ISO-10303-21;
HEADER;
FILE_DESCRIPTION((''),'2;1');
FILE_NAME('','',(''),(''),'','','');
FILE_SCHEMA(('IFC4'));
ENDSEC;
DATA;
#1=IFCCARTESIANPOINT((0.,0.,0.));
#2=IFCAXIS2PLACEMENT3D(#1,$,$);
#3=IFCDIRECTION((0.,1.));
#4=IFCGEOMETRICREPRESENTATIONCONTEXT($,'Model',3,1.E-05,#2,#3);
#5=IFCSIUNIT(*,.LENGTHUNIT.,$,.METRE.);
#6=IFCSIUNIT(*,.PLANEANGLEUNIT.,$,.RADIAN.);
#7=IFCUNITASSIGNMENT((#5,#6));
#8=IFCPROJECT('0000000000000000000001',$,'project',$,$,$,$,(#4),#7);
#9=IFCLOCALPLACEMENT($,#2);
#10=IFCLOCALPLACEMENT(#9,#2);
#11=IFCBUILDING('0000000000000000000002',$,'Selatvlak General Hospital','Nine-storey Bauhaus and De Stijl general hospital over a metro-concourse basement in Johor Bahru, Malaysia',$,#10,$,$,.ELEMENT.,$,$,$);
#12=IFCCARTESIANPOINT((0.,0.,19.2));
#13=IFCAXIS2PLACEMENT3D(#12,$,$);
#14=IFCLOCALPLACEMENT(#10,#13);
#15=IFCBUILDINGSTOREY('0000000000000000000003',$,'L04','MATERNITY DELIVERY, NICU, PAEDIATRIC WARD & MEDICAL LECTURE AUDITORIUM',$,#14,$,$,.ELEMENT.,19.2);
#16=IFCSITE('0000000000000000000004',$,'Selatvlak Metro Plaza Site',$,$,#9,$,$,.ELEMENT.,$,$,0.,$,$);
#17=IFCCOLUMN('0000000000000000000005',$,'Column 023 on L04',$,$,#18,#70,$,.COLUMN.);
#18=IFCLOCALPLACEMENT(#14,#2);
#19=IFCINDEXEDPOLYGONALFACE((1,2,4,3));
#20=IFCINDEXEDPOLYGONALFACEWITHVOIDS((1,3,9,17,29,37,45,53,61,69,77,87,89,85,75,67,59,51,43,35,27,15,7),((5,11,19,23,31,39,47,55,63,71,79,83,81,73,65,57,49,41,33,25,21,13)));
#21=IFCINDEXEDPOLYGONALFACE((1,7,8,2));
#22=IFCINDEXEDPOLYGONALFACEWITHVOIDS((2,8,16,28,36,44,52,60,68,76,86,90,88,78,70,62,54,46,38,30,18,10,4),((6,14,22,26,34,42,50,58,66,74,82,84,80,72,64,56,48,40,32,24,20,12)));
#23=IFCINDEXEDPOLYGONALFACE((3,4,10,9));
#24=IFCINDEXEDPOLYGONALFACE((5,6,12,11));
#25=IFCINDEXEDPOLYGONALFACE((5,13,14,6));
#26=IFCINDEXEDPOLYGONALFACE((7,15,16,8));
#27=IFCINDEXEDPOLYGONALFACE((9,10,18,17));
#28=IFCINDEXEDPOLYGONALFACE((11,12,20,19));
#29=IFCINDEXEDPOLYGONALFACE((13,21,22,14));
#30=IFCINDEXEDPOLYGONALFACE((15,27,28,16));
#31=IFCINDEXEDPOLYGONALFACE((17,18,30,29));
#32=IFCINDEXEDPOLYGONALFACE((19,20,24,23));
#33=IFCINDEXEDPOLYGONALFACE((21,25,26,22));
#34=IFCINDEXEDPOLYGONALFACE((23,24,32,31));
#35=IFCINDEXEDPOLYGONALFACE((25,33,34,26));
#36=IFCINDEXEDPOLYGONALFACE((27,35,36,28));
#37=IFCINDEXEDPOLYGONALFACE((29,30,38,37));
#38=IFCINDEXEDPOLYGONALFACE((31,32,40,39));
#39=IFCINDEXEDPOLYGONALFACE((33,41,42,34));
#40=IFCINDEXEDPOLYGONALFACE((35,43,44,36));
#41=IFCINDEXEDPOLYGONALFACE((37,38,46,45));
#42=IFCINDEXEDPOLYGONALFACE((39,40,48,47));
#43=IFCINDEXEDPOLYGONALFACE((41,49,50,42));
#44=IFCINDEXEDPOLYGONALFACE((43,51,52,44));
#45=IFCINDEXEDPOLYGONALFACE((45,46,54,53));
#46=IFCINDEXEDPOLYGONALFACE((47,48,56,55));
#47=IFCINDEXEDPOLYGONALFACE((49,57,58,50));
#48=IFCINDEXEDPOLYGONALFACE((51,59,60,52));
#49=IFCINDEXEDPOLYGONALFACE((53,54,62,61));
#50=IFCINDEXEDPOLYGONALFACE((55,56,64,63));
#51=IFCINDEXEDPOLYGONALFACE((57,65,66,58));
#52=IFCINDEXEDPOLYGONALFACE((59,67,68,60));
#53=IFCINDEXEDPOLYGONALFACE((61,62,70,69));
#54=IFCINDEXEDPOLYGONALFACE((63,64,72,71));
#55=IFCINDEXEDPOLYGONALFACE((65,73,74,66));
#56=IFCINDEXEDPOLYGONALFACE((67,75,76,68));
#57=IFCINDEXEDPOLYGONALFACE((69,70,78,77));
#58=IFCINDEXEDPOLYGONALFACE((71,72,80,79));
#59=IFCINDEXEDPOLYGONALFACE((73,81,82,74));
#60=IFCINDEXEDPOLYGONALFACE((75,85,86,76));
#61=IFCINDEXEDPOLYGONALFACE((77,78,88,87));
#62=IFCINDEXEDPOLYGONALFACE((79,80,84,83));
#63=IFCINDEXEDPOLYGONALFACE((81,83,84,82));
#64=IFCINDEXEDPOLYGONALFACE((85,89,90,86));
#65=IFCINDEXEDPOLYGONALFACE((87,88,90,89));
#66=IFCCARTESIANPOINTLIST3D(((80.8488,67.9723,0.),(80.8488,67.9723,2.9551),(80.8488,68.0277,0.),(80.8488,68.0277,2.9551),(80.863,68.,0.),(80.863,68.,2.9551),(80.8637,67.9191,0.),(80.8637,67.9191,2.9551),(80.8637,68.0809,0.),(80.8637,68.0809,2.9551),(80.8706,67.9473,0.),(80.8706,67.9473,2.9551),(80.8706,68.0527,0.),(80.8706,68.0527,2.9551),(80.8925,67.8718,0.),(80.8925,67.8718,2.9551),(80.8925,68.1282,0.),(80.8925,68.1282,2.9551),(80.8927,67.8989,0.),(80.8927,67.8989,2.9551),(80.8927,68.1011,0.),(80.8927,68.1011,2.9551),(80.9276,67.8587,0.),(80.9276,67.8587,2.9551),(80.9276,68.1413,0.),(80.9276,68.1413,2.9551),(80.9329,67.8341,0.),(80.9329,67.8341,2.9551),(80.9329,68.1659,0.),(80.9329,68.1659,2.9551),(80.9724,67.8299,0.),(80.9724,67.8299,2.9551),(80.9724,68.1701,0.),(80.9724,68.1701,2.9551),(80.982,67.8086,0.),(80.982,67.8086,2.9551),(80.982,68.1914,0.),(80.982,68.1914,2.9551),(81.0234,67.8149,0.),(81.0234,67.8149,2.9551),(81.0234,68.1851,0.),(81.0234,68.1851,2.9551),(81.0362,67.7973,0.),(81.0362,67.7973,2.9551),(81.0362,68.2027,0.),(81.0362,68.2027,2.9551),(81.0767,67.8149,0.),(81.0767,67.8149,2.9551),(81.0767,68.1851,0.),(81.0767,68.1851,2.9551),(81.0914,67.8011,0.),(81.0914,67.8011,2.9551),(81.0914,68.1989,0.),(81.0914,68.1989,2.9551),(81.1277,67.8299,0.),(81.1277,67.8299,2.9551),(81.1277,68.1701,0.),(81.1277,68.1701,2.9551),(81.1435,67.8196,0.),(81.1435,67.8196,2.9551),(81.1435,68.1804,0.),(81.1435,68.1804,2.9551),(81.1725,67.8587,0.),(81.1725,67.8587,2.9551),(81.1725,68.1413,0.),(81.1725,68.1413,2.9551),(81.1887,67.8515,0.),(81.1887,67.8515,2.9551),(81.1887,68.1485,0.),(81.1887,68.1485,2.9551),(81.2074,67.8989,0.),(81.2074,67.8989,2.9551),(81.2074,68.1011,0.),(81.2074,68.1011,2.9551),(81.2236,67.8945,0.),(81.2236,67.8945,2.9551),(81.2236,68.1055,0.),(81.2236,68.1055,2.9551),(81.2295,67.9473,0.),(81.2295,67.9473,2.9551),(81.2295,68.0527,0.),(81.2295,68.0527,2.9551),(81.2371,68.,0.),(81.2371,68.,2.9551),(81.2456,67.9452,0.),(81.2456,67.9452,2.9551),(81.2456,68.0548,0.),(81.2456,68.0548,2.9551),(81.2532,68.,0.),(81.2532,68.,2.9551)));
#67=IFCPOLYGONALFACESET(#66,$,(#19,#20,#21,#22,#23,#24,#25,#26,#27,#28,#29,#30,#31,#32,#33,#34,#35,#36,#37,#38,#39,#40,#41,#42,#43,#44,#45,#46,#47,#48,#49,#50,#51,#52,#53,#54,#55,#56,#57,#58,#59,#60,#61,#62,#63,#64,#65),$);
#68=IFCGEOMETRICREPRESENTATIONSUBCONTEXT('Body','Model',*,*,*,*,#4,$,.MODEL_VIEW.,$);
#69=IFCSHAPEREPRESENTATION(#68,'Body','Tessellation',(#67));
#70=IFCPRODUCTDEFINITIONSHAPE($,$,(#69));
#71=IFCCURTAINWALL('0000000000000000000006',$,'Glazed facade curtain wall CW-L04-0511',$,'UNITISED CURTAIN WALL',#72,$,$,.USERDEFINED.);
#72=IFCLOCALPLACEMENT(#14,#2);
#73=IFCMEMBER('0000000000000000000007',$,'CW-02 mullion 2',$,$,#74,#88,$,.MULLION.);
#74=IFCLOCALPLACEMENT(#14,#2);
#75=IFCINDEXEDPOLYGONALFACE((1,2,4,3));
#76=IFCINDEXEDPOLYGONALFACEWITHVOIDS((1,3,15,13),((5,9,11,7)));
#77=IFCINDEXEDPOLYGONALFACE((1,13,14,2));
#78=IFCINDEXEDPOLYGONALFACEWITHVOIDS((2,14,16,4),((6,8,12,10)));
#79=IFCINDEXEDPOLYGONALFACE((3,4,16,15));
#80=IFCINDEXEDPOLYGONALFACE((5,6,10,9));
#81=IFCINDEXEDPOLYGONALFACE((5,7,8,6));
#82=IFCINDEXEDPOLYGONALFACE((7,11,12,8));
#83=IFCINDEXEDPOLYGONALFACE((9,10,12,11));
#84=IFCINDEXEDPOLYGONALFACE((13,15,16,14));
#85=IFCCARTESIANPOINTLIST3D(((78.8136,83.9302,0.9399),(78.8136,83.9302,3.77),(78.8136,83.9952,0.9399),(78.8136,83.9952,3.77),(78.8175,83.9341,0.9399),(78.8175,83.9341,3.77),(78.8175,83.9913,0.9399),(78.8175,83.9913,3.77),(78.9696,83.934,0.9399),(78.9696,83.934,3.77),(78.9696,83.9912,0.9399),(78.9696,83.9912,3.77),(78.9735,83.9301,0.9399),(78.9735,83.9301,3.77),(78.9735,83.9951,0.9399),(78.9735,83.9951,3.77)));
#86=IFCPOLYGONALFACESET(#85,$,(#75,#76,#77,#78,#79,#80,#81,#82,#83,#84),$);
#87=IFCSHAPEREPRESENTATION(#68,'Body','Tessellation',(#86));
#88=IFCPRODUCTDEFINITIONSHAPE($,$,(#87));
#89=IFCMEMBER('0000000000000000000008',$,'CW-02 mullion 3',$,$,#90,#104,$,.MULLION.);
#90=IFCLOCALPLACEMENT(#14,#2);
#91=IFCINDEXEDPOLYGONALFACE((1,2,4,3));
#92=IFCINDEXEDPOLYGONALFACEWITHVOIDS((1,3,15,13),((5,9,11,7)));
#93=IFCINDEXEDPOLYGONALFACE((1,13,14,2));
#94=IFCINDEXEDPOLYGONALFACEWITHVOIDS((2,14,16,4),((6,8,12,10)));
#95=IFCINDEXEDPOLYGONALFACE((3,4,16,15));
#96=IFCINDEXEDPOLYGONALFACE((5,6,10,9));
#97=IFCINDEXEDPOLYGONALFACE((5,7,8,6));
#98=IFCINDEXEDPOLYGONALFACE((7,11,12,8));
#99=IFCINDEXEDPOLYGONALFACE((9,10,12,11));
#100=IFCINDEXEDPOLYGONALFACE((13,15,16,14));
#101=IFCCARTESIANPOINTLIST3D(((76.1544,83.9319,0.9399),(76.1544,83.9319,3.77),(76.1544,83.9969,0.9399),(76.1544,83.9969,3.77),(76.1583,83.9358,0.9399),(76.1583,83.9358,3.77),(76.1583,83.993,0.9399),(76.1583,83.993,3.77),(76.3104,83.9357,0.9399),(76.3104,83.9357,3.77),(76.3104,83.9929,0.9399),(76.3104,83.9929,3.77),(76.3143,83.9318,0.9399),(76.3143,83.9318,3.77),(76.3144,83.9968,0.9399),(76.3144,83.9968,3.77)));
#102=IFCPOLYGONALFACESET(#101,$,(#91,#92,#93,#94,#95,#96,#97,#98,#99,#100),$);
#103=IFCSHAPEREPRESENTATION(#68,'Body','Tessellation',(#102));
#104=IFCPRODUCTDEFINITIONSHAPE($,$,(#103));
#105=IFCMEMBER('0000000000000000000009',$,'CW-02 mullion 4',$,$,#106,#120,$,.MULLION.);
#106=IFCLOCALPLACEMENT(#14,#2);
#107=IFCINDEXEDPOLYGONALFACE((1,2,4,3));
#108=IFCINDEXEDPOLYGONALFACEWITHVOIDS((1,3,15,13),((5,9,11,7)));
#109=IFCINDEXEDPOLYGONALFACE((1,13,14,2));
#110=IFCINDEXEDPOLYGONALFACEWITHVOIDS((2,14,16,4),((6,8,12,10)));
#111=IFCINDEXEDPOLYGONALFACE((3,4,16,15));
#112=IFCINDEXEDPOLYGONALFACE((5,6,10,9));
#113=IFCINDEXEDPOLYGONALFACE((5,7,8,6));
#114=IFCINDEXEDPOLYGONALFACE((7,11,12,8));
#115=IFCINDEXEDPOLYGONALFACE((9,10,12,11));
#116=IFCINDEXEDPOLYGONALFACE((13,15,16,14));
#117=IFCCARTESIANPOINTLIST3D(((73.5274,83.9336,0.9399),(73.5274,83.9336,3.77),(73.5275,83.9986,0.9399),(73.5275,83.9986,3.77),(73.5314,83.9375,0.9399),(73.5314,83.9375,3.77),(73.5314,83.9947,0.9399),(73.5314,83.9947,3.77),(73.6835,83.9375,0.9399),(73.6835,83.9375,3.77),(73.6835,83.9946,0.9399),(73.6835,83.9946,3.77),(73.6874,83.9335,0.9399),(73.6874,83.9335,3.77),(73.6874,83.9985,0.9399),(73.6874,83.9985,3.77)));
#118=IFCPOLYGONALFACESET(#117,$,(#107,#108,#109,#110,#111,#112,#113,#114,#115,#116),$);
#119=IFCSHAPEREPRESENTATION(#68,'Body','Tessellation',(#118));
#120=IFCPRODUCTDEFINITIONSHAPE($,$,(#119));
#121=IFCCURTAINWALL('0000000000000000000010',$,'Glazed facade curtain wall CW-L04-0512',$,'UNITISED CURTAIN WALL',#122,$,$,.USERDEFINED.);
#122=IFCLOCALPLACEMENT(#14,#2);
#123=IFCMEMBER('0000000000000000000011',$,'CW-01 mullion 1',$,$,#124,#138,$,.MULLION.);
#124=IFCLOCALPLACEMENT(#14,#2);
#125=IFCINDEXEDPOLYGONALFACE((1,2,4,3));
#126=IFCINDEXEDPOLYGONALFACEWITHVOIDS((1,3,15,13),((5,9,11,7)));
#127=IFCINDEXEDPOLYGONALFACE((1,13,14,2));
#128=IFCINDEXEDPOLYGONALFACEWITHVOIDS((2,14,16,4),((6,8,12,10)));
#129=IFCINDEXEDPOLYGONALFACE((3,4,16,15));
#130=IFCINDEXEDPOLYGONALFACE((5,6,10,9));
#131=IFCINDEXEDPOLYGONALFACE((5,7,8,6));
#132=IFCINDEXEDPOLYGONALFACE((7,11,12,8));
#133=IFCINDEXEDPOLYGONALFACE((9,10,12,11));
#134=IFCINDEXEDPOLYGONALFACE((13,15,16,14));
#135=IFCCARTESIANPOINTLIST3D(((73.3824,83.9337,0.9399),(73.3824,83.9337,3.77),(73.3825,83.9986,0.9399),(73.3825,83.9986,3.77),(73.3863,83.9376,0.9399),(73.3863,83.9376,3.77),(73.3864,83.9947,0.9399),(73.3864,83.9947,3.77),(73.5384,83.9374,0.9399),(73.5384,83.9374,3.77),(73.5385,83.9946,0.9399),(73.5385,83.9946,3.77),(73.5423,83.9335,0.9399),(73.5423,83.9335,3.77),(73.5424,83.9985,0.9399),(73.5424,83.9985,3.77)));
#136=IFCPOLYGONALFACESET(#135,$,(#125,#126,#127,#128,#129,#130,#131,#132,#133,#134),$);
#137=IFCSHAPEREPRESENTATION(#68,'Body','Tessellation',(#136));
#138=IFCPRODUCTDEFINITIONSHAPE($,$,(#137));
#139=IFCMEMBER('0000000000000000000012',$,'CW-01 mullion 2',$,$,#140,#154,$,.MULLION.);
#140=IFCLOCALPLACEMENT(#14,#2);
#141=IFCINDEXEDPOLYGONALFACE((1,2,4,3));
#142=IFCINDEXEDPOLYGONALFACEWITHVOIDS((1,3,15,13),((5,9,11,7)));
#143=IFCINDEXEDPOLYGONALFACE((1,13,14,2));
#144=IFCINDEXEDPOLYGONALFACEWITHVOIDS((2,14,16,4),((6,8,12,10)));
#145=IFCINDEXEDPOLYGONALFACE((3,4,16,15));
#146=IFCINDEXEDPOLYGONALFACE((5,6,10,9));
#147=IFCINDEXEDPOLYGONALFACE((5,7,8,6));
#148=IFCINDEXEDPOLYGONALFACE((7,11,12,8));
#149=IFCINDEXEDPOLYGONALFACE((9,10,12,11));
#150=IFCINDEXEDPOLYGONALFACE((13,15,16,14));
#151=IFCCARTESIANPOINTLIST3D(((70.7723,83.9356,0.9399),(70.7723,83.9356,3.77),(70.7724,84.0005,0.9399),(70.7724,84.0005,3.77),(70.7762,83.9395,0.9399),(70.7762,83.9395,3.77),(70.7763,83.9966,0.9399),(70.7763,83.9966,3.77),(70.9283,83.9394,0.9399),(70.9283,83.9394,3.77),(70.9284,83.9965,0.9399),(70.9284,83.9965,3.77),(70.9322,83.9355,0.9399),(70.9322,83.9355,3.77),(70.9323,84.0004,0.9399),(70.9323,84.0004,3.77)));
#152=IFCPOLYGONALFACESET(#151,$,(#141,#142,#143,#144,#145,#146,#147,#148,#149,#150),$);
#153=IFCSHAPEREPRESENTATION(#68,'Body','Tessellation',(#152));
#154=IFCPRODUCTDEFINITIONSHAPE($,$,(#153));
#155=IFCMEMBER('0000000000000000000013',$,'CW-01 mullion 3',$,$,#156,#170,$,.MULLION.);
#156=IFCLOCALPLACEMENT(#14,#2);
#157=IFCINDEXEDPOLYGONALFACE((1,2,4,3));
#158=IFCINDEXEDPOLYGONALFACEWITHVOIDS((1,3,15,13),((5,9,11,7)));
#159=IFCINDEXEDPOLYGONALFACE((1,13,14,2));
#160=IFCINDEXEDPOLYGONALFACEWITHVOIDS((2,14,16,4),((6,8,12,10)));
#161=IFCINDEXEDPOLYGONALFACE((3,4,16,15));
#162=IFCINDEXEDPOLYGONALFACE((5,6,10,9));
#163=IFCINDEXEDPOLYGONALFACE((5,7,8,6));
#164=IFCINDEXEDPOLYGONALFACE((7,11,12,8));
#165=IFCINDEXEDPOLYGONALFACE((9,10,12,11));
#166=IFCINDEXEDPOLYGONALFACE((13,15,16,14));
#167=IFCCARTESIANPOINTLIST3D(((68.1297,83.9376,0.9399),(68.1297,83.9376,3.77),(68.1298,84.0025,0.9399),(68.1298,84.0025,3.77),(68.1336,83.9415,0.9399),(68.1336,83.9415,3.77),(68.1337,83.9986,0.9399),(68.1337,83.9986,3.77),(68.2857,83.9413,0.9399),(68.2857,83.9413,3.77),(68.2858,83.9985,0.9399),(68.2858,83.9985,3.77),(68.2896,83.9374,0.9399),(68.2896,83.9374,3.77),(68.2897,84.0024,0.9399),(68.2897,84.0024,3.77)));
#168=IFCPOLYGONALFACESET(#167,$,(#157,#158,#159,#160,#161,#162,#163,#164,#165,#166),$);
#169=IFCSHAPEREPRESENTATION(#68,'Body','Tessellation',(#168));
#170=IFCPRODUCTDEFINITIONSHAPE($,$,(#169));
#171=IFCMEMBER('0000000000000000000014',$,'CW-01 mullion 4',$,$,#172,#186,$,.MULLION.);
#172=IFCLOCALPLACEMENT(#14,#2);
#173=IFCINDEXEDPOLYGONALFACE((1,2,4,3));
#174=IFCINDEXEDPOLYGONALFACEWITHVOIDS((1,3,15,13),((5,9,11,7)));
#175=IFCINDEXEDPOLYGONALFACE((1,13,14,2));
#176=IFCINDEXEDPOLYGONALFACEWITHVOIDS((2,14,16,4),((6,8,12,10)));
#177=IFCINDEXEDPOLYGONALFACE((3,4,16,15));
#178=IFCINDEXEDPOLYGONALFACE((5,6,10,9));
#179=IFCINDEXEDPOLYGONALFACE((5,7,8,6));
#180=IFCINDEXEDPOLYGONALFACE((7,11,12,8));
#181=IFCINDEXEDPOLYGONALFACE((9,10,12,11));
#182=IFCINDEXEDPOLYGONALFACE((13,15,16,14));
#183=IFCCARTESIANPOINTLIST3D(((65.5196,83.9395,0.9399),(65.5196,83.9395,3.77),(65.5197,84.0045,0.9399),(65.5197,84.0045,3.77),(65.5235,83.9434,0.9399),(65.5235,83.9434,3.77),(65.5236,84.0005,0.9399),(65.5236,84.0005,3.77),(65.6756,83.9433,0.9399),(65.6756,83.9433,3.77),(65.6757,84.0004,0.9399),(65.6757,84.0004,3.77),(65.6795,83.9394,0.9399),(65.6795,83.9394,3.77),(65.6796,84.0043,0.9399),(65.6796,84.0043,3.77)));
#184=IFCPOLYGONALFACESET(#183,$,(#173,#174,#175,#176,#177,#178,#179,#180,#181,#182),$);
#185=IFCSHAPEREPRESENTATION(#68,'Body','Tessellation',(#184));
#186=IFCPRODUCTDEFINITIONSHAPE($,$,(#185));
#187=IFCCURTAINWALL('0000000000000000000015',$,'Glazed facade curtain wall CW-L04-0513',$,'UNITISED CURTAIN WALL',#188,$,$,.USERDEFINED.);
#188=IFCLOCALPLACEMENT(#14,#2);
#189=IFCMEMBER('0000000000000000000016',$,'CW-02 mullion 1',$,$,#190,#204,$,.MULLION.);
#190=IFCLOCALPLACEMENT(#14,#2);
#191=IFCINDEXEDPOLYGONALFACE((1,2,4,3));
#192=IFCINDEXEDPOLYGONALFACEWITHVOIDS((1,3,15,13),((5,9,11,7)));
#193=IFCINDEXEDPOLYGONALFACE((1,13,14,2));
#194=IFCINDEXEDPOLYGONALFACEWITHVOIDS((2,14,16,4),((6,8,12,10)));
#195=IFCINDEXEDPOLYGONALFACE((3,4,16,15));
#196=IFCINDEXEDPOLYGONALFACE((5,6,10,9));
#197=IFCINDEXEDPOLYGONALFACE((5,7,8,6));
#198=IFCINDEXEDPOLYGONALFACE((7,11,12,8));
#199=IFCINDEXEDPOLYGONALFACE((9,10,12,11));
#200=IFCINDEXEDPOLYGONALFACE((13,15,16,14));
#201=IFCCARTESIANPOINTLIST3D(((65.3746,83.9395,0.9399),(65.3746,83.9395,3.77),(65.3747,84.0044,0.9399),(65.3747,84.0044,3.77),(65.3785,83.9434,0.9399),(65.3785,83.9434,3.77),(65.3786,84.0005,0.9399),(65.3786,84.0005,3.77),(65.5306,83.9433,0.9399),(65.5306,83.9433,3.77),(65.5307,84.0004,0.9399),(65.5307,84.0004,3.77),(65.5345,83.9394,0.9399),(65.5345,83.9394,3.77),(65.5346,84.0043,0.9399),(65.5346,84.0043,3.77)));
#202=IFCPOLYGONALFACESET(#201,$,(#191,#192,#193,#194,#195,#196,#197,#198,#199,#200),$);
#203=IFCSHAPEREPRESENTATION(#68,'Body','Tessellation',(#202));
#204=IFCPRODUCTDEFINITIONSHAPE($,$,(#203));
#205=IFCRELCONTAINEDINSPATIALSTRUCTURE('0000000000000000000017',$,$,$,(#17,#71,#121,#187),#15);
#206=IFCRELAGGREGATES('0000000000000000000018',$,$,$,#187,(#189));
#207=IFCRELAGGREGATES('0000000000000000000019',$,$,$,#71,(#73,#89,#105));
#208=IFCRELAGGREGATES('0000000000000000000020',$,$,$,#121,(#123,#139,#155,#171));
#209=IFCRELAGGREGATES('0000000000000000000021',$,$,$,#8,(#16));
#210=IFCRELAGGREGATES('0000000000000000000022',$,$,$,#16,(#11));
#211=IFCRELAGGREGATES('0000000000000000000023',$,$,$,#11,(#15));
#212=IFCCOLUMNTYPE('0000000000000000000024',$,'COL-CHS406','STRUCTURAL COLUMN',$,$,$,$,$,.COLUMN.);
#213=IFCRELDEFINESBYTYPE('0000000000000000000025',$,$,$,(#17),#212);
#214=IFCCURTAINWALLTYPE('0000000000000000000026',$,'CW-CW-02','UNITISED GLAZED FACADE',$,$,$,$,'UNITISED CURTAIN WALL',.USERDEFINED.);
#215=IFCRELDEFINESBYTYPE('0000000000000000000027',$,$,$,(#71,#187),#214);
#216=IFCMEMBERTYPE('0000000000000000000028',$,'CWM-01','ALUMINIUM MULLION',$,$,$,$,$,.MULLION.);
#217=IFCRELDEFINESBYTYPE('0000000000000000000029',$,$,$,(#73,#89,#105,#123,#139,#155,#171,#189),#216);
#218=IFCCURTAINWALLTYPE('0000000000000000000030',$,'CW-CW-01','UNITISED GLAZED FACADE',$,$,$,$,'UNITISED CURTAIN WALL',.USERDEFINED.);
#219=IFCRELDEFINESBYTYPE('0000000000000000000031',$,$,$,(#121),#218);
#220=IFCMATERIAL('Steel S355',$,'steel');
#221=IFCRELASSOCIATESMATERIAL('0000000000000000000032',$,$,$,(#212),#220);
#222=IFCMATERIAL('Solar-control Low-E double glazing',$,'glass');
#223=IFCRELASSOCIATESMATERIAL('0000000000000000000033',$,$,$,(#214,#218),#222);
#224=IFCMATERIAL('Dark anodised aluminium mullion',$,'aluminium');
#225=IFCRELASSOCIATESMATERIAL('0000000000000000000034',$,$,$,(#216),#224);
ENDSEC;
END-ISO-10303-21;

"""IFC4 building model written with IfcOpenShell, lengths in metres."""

from ifc_helpers import new_model, si_unit, direction, frame, origin, origin_2d, place, context, subcontext, project, spatial, hollow_rectangle, hollow_circle, extrude, material, material_profile, profile_set, type_object, element, aggregate, save


model = new_model("IFC4")

# Units and contexts
model_context = context("Model", 3, precision=1e-05, world=origin(), true_north=direction((0.0, 1.0)))
body_context = subcontext(model_context, "Body", "Model", "MODEL_VIEW")
ifc_project = project(units=[si_unit("LENGTHUNIT", "METRE"), si_unit("PLANEANGLEUNIT", "RADIAN")], contexts=[model_context])

# Site, building, storey
site_placement = place(None, origin())
site = spatial("IfcSite", under=ifc_project, at=site_placement, Name="Selatvlak Metro Plaza Site", CompositionType="ELEMENT", RefElevation=0.0)
building_placement = place(site_placement, origin())
building = spatial("IfcBuilding", under=site, at=building_placement, Name="Selatvlak General Hospital", Description="Nine-storey Bauhaus and De Stijl general hospital over a metro-concourse basement in Johor Bahru, Malaysia", CompositionType="ELEMENT")
storey_placement = place(building_placement, frame((0.0, 0.0, 19.2)))
storey = spatial("IfcBuildingStorey", under=building, at=storey_placement, Name="L04", Description="MATERNITY DELIVERY, NICU, PAEDIATRIC WARD & MEDICAL LECTURE AUDITORIUM", CompositionType="ELEMENT", Elevation=19.2)

# Column
ifc_material_1 = material(Name="Steel S355", Category="steel")
ifc_material_profile_1 = material_profile(ifc_material_1, hollow_circle(Radius=0.2031, WallThickness=0.0161, at=origin_2d()), Name="CHS 406.4x16")
ifc_profile_set_1 = profile_set([ifc_material_profile_1], Name="Steel S355")
column_type = type_object("IfcColumnType", Name="COL-CHS406", Description="STRUCTURAL COLUMN", PredefinedType="COLUMN", material=ifc_profile_set_1)
column_placement = place(storey_placement, frame((81.05, 68.0, 0.0), z_axis=(0.0, 0.0, 1.0), x_axis=(1.0, 0.0, 0.0)))
element("IfcColumn", 1, at=column_placement, inside=storey, type_object=column_type, Name="Column 023 on L04", PredefinedType="COLUMN", context=body_context, shape_type="SweptSolid", body=[
    extrude(hollow_circle(Radius=0.2031, WallThickness=0.0161, at=origin_2d()), origin(), (0.0, 0.0, 1.0), 2.9551),
])

# Curtain walls, members
ifc_material_2 = material(Name="Solar-control Low-E double glazing", Category="glass")
curtain_wall_type_1 = type_object("IfcCurtainWallType", Name="CW-CW-02", Description="UNITISED GLAZED FACADE", ElementType="UNITISED CURTAIN WALL", PredefinedType="USERDEFINED", material=ifc_material_2)
curtain_wall_1_placement = place(storey_placement, origin())
curtain_wall_1 = element("IfcCurtainWall", 2, at=curtain_wall_1_placement, inside=storey, type_object=curtain_wall_type_1, Name="Glazed facade curtain wall CW-L04-0511", ObjectType="UNITISED CURTAIN WALL", PredefinedType="USERDEFINED")
ifc_material_3 = material(Name="Dark anodised aluminium mullion", Category="aluminium")
ifc_material_profile_2 = material_profile(ifc_material_3, hollow_rectangle(XDim=0.0649, YDim=0.1599, WallThickness=0.0039, at=origin_2d()), Name="AL-MUL 65x160x4")
ifc_profile_set_2 = profile_set([ifc_material_profile_2], Name="Dark anodised aluminium mullion")
member_type_1 = type_object("IfcMemberType", Name="CWM-01", Description="ALUMINIUM MULLION", PredefinedType="MULLION", material=ifc_profile_set_2)
member_1_placement = place(storey_placement, frame((78.8936, 83.9626, 0.9399), z_axis=(0.0, 0.0, 1.0), x_axis=(-0.000627, -1.0, 0.0)))
member_1 = element("IfcMember", 3, at=member_1_placement, type_object=member_type_1, Name="CW-02 mullion 2", PredefinedType="MULLION", context=body_context, shape_type="SweptSolid", body=[
    extrude(hollow_rectangle(XDim=0.0649, YDim=0.1599, WallThickness=0.0039, at=origin_2d()), origin(), (0.0, 0.0, 1.0), 2.8301),
])
member_2_placement = place(storey_placement, frame((76.2344, 83.9644, 0.9399), z_axis=(0.0, 0.0, 1.0), x_axis=(-0.000627, -1.0, 0.0)))
member_2 = element("IfcMember", 4, at=member_2_placement, type_object=member_type_1, Name="CW-02 mullion 3", PredefinedType="MULLION", context=body_context, shape_type="SweptSolid", body=[
    extrude(hollow_rectangle(XDim=0.0649, YDim=0.1599, WallThickness=0.0039, at=origin_2d()), origin(), (0.0, 0.0, 1.0), 2.8301),
])
member_3_placement = place(storey_placement, frame((73.6074, 83.9661, 0.9399), z_axis=(0.0, 0.0, 1.0), x_axis=(-0.000627, -1.0, 0.0)))
member_3 = element("IfcMember", 5, at=member_3_placement, type_object=member_type_1, Name="CW-02 mullion 4", PredefinedType="MULLION", context=body_context, shape_type="SweptSolid", body=[
    extrude(hollow_rectangle(XDim=0.0649, YDim=0.1599, WallThickness=0.0039, at=origin_2d()), origin(), (0.0, 0.0, 1.0), 2.8301),
])
curtain_wall_type_2 = type_object("IfcCurtainWallType", Name="CW-CW-01", Description="UNITISED GLAZED FACADE", ElementType="UNITISED CURTAIN WALL", PredefinedType="USERDEFINED", material=ifc_material_2)
curtain_wall_2_placement = place(storey_placement, origin())
curtain_wall_2 = element("IfcCurtainWall", 6, at=curtain_wall_2_placement, inside=storey, type_object=curtain_wall_type_2, Name="Glazed facade curtain wall CW-L04-0512", ObjectType="UNITISED CURTAIN WALL", PredefinedType="USERDEFINED")
member_4_placement = place(storey_placement, frame((73.4624, 83.9661, 0.9399), z_axis=(0.0, 0.0, 1.0), x_axis=(-0.000757, -1.0, 0.0)))
member_4 = element("IfcMember", 7, at=member_4_placement, type_object=member_type_1, Name="CW-01 mullion 1", PredefinedType="MULLION", context=body_context, shape_type="SweptSolid", body=[
    extrude(hollow_rectangle(XDim=0.0649, YDim=0.1599, WallThickness=0.0039, at=origin_2d()), origin(), (0.0, 0.0, 1.0), 2.8301),
])
member_5_placement = place(storey_placement, frame((70.8523, 83.968, 0.9399), z_axis=(0.0, 0.0, 1.0), x_axis=(-0.000757, -1.0, 0.0)))
member_5 = element("IfcMember", 8, at=member_5_placement, type_object=member_type_1, Name="CW-01 mullion 2", PredefinedType="MULLION", context=body_context, shape_type="SweptSolid", body=[
    extrude(hollow_rectangle(XDim=0.0649, YDim=0.1599, WallThickness=0.0039, at=origin_2d()), origin(), (0.0, 0.0, 1.0), 2.8301),
])
member_6_placement = place(storey_placement, frame((68.2097, 83.97, 0.9399), z_axis=(0.0, 0.0, 1.0), x_axis=(-0.000757, -1.0, 0.0)))
member_6 = element("IfcMember", 9, at=member_6_placement, type_object=member_type_1, Name="CW-01 mullion 3", PredefinedType="MULLION", context=body_context, shape_type="SweptSolid", body=[
    extrude(hollow_rectangle(XDim=0.0649, YDim=0.1599, WallThickness=0.0039, at=origin_2d()), origin(), (0.0, 0.0, 1.0), 2.8301),
])
member_7_placement = place(storey_placement, frame((65.5996, 83.9719, 0.9399), z_axis=(0.0, 0.0, 1.0), x_axis=(-0.000757, -1.0, 0.0)))
member_7 = element("IfcMember", 10, at=member_7_placement, type_object=member_type_1, Name="CW-01 mullion 4", PredefinedType="MULLION", context=body_context, shape_type="SweptSolid", body=[
    extrude(hollow_rectangle(XDim=0.0649, YDim=0.1599, WallThickness=0.0039, at=origin_2d()), origin(), (0.0, 0.0, 1.0), 2.8301),
])

# Curtain wall, member
curtain_wall_3_placement = place(storey_placement, origin())
curtain_wall_3 = element("IfcCurtainWall", 11, at=curtain_wall_3_placement, inside=storey, type_object=curtain_wall_type_1, Name="Glazed facade curtain wall CW-L04-0513", ObjectType="UNITISED CURTAIN WALL", PredefinedType="USERDEFINED")
member_8_placement = place(storey_placement, frame((65.4546, 83.9719, 0.9399), z_axis=(0.0, 0.0, 1.0), x_axis=(-0.000631, -1.0, 0.0)))
member_8 = element("IfcMember", 12, at=member_8_placement, type_object=member_type_1, Name="CW-02 mullion 1", PredefinedType="MULLION", context=body_context, shape_type="SweptSolid", body=[
    extrude(hollow_rectangle(XDim=0.0649, YDim=0.1599, WallThickness=0.0039, at=origin_2d()), origin(), (0.0, 0.0, 1.0), 2.8301),
])

aggregate(curtain_wall_3, [member_8])

aggregate(curtain_wall_1, [member_1, member_2, member_3])
aggregate(curtain_wall_2, [member_4, member_5, member_6, member_7])

save(model, "model.ifc")
